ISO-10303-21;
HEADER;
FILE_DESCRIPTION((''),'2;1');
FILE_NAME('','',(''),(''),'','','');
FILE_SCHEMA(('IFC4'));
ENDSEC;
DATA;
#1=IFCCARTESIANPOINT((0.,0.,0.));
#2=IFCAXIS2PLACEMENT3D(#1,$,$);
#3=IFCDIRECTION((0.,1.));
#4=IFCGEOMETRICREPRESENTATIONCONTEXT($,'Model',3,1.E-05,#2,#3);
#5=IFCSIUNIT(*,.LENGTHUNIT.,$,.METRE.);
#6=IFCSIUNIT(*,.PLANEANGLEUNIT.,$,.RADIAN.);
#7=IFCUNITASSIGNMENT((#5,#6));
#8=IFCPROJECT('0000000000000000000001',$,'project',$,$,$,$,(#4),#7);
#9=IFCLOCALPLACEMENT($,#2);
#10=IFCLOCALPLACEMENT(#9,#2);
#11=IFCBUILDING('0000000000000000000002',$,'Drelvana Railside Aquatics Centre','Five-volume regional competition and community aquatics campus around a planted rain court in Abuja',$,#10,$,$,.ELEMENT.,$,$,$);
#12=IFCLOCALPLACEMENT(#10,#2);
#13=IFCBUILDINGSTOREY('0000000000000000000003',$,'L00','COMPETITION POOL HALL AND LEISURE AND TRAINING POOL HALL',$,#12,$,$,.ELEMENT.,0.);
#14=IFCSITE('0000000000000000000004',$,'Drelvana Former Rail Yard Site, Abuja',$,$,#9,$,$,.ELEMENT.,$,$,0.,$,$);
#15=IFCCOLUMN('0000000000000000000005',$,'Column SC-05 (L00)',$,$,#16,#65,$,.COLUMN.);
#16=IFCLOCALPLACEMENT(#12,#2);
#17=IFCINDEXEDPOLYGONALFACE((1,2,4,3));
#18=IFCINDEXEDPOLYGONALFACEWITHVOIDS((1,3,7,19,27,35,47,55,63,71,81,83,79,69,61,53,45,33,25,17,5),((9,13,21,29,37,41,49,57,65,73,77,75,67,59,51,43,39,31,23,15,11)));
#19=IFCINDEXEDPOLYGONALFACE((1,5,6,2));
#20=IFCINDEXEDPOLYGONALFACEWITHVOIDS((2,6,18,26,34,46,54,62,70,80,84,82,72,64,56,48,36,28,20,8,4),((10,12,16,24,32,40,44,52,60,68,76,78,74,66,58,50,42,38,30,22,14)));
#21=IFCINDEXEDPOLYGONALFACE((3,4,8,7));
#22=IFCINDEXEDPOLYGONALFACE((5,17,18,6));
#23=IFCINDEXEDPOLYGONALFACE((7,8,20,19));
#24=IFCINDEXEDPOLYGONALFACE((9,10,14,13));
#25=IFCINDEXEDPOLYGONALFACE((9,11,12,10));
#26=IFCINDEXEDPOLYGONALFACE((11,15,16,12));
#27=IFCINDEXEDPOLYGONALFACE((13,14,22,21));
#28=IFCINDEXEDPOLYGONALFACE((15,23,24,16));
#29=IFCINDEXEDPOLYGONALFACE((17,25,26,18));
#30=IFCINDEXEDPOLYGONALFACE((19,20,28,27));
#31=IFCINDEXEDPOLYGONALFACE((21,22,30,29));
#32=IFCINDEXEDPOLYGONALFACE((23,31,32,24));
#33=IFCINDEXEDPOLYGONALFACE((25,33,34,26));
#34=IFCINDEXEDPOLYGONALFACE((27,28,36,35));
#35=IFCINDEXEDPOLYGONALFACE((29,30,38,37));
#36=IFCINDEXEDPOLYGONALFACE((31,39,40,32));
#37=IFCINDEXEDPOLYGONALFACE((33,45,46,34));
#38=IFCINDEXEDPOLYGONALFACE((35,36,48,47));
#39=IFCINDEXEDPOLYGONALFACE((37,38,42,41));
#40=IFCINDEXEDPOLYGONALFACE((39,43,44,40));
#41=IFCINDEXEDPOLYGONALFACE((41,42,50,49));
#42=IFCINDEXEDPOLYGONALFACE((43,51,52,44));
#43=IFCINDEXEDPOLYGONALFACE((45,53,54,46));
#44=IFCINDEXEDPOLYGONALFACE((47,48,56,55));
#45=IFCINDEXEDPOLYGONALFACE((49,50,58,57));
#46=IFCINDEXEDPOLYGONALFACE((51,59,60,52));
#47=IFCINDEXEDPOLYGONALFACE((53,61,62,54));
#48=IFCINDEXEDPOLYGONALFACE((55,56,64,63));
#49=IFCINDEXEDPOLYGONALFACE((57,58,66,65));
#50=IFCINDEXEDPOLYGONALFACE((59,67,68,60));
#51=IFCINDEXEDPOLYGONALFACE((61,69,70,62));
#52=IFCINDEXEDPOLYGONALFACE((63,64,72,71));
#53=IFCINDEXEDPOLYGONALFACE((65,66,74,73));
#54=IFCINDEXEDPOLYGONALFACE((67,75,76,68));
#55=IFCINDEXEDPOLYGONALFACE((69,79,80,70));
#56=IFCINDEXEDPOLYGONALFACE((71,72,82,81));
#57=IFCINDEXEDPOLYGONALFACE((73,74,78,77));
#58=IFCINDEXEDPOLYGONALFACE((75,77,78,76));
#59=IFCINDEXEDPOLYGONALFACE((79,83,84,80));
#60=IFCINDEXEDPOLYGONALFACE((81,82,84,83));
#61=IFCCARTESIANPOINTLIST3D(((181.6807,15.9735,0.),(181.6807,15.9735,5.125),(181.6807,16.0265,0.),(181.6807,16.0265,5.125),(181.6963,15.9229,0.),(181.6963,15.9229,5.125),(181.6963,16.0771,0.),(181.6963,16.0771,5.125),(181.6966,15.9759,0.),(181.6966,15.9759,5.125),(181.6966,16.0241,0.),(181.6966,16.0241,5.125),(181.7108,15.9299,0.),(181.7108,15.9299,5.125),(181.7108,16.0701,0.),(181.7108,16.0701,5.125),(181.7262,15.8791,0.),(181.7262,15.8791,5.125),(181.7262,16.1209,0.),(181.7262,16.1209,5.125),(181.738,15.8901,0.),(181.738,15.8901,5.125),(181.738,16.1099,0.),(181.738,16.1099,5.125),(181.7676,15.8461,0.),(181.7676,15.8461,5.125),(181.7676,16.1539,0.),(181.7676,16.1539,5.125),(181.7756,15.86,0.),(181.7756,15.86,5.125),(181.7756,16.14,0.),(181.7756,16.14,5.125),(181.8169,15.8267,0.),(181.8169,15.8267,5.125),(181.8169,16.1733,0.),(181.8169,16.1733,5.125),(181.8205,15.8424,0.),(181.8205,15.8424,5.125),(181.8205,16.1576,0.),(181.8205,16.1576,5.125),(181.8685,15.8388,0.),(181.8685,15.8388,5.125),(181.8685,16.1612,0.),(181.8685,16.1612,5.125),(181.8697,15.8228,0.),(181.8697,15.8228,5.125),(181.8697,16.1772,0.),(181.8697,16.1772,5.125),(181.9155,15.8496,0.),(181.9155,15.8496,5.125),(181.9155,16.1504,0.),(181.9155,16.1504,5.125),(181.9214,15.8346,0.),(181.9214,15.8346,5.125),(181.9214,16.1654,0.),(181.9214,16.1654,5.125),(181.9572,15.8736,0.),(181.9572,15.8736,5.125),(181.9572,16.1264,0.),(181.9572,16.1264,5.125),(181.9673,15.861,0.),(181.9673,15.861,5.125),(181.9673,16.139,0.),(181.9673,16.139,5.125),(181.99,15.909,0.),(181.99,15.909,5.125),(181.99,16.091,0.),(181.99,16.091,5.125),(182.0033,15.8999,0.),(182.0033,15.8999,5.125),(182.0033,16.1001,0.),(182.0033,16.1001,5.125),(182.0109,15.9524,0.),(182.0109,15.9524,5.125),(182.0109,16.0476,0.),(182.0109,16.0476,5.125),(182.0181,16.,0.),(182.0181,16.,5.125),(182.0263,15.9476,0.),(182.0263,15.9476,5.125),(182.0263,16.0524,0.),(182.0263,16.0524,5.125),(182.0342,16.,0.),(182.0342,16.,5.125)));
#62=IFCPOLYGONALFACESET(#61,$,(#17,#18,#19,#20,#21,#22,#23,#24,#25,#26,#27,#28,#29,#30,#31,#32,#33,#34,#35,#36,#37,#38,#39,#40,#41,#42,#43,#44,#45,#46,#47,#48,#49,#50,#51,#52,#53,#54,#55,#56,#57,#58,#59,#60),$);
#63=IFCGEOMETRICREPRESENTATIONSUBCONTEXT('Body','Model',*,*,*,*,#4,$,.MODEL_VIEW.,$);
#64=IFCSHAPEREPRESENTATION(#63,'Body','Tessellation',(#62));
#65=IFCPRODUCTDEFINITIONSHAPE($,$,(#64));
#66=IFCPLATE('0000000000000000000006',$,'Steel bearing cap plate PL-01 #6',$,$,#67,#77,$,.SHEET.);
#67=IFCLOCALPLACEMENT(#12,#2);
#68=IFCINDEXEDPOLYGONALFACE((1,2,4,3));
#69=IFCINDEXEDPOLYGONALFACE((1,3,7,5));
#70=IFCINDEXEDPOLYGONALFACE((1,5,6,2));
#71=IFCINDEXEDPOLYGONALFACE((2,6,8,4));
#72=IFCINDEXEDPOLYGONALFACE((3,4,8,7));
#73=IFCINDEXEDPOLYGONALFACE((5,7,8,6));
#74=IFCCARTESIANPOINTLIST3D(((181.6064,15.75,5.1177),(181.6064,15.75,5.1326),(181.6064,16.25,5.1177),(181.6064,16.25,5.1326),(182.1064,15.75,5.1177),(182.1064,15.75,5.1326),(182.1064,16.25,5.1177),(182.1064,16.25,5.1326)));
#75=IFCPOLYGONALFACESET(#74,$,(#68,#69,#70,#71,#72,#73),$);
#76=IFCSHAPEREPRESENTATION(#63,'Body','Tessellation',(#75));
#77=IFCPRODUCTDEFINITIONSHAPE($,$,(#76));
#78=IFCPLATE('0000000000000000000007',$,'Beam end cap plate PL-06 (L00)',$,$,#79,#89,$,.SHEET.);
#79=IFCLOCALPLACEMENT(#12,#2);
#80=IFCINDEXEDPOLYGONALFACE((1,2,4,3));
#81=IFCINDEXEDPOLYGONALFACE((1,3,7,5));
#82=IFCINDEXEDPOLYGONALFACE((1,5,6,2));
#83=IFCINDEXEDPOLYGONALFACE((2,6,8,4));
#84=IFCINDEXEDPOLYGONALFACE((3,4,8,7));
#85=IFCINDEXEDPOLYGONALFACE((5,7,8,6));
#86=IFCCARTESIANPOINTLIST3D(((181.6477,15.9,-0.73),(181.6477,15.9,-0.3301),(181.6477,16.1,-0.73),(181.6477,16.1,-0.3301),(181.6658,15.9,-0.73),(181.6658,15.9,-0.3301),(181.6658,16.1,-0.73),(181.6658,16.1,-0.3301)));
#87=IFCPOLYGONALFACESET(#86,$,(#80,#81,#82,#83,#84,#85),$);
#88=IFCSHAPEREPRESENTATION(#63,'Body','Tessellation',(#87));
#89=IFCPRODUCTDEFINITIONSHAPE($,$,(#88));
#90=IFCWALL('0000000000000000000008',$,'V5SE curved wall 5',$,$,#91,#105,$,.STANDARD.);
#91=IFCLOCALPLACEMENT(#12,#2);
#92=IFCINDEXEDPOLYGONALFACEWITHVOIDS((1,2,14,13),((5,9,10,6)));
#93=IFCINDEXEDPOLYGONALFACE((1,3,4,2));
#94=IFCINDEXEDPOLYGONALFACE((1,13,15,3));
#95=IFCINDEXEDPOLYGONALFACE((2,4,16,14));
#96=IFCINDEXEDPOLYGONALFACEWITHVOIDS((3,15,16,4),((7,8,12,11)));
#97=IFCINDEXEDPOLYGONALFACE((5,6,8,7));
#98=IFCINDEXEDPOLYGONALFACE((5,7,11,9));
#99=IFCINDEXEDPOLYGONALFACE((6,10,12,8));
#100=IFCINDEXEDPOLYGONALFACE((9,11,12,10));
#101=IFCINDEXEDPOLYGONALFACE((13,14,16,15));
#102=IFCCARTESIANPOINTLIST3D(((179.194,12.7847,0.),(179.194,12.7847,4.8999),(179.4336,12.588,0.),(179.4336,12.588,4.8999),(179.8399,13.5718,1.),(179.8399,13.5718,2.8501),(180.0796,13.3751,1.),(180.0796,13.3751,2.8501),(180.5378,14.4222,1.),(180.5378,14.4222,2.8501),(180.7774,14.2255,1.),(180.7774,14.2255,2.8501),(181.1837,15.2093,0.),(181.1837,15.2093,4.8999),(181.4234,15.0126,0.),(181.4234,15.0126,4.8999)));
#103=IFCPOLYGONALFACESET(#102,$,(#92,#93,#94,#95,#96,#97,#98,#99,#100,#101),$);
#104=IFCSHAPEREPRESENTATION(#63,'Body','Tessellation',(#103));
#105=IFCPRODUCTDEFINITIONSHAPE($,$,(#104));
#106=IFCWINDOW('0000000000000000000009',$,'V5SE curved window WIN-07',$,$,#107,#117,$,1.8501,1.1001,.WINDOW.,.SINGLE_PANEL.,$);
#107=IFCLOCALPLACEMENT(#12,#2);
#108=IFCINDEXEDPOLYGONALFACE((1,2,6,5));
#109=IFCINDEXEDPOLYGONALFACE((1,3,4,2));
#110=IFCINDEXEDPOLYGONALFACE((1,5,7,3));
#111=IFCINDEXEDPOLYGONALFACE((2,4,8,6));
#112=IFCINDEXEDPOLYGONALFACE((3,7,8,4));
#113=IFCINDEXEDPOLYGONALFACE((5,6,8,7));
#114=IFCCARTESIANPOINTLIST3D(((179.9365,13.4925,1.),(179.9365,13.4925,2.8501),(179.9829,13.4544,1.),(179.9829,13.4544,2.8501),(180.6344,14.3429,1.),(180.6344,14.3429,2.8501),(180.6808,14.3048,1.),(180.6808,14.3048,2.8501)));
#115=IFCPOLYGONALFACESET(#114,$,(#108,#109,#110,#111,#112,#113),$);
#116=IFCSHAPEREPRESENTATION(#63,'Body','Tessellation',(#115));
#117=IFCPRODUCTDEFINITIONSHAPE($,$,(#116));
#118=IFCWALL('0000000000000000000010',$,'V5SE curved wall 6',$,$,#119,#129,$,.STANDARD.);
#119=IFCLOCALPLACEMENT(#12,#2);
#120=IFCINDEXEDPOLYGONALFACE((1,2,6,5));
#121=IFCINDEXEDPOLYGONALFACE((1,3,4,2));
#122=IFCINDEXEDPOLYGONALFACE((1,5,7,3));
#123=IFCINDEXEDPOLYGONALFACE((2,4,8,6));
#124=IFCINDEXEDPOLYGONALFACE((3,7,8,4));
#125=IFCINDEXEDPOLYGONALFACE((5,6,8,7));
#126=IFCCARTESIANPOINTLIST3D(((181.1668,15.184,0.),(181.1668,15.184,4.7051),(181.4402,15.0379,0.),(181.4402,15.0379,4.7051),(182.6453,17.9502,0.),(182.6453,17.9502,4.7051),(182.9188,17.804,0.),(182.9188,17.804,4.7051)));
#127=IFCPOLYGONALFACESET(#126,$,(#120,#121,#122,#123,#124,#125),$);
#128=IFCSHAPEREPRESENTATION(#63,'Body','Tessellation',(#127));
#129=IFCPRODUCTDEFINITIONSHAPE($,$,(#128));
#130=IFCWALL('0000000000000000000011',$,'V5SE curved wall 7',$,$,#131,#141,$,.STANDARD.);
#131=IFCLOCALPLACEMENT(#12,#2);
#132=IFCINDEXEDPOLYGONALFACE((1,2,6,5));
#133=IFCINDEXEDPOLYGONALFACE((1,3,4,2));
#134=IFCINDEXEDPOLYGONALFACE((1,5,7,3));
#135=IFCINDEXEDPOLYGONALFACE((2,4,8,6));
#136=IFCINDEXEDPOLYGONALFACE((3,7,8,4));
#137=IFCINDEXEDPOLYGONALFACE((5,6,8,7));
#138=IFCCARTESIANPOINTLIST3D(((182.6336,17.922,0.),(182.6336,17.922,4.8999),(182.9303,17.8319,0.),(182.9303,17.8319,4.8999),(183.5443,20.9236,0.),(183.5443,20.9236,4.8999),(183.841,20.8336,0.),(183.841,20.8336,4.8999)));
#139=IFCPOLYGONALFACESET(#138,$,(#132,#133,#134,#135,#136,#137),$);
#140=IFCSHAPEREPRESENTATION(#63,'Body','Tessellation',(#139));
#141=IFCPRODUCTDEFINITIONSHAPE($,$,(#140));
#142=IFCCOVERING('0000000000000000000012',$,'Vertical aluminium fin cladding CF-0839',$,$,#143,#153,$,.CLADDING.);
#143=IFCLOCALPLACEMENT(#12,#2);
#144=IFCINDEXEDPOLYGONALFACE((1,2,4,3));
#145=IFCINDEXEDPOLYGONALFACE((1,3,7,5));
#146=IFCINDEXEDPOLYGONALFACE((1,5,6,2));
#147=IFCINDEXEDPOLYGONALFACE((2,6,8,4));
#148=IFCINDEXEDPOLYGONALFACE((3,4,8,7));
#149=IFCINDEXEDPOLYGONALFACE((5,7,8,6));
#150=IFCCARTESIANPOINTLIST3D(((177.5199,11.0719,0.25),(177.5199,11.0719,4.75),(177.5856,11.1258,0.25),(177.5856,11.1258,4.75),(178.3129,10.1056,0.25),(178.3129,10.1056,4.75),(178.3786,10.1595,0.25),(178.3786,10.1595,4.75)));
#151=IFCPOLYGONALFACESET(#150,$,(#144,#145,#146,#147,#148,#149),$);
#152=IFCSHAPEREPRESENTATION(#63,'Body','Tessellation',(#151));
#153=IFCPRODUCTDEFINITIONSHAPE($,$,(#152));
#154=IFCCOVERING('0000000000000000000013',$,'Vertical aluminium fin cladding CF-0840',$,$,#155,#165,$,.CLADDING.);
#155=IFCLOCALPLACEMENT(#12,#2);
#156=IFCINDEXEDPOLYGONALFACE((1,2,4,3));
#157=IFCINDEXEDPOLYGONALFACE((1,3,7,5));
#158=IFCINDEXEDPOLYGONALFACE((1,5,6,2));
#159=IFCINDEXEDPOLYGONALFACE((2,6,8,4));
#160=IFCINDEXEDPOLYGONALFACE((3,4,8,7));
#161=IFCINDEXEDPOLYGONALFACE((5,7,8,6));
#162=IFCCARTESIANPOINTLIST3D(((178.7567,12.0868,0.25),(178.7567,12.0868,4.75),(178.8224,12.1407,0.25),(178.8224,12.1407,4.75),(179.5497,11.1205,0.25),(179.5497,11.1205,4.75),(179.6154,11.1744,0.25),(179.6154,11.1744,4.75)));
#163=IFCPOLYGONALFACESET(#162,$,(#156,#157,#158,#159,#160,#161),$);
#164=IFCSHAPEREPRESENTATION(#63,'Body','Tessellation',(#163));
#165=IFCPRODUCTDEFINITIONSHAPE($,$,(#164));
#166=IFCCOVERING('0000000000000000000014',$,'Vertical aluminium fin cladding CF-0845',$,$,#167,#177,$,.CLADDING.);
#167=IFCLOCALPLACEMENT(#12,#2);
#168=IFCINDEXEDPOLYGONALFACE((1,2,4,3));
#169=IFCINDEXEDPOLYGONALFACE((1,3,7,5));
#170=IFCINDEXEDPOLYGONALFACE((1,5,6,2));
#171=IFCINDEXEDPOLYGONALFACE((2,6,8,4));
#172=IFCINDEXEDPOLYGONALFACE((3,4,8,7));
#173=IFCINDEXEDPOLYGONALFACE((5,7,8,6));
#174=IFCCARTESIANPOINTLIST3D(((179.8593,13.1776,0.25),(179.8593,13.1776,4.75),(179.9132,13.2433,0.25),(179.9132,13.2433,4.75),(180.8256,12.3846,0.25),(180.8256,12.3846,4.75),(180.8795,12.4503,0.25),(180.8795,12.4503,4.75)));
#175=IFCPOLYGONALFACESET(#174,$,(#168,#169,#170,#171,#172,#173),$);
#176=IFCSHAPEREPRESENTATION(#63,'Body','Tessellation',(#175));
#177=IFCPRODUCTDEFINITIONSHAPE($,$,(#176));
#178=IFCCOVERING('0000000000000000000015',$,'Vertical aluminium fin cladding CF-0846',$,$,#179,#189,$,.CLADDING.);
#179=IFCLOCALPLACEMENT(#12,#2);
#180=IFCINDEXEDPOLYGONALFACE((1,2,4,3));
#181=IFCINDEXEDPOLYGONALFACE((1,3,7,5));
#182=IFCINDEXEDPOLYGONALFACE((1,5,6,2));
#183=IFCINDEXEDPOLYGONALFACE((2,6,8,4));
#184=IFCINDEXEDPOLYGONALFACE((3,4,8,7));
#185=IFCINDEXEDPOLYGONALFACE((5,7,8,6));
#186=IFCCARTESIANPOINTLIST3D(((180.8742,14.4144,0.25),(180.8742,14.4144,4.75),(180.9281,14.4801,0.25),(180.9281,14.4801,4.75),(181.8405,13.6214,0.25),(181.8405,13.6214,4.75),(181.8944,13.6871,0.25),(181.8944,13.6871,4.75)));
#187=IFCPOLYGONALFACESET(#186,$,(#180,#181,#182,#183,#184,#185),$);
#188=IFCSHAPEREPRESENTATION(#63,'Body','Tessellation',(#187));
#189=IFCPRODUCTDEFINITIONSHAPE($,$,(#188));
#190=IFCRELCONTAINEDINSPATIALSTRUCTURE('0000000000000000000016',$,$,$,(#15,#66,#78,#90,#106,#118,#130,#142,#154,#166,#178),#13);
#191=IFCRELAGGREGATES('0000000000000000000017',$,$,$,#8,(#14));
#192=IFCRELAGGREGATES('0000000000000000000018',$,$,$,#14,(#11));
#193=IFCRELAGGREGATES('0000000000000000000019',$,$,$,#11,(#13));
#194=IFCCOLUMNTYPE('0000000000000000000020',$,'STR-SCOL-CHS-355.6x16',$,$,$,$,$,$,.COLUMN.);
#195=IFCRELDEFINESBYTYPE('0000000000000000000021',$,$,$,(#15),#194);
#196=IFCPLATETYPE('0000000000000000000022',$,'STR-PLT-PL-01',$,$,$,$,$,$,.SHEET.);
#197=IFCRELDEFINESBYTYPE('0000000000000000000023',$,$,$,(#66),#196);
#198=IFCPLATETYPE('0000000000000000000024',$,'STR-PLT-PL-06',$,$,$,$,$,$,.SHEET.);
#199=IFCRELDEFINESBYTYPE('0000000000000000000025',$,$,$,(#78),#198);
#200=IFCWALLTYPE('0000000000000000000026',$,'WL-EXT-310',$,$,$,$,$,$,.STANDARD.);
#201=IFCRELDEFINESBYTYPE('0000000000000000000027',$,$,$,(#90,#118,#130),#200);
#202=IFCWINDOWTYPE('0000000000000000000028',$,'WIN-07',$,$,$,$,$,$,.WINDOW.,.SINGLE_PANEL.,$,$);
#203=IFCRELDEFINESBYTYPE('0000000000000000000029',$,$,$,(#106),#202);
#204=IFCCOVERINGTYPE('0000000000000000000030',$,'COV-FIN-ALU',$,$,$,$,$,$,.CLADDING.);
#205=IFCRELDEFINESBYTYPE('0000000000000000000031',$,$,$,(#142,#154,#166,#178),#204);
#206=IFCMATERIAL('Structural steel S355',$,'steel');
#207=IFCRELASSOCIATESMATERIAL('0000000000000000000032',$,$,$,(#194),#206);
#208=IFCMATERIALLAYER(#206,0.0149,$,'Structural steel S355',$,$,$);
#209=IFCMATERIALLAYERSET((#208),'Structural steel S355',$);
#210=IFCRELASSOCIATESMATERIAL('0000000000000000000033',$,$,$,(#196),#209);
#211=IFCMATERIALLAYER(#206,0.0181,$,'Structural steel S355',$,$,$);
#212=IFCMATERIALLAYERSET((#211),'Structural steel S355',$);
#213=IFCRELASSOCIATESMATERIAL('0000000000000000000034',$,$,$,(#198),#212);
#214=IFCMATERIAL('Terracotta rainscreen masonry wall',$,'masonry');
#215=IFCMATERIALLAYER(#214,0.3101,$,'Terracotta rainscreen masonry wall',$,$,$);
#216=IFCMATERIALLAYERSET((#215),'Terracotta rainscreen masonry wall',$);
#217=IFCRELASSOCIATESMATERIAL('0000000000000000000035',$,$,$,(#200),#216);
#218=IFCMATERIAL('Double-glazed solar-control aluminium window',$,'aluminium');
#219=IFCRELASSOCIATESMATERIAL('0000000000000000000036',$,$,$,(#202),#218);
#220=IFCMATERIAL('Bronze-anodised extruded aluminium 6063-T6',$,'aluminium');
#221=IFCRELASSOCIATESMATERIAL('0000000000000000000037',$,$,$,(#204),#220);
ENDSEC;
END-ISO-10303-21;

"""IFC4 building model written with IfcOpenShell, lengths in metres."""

from ifc_helpers import new_model, si_unit, direction, frame, frame_2d, origin, origin_2d, place, context, subcontext, project, spatial, rectangle, hollow_circle, extrude, material, layer, layer_set, material_profile, profile_set, type_object, element, fill, save


model = new_model("IFC4")

# Units and contexts
model_context = context("Model", 3, precision=1e-05, world=origin(), true_north=direction((0.0, 1.0)))
body_context = subcontext(model_context, "Body", "Model", "MODEL_VIEW")
ifc_project = project(units=[si_unit("LENGTHUNIT", "METRE"), si_unit("PLANEANGLEUNIT", "RADIAN")], contexts=[model_context])

# Site, building, storey
site_placement = place(None, origin())
site = spatial("IfcSite", under=ifc_project, at=site_placement, Name="Drelvana Former Rail Yard Site, Abuja", CompositionType="ELEMENT", RefElevation=0.0)
building_placement = place(site_placement, origin())
building = spatial("IfcBuilding", under=site, at=building_placement, Name="Drelvana Railside Aquatics Centre", Description="Five-volume regional competition and community aquatics campus around a planted rain court in Abuja", CompositionType="ELEMENT")
storey_placement = place(building_placement, origin())
storey = spatial("IfcBuildingStorey", under=building, at=storey_placement, Name="L00", Description="COMPETITION POOL HALL AND LEISURE AND TRAINING POOL HALL", CompositionType="ELEMENT", Elevation=0.0)

# Column
ifc_material_1 = material(Name="Structural steel S355", Category="steel")
ifc_material_profile = material_profile(ifc_material_1, hollow_circle(Radius=0.1777, WallThickness=0.0161, at=origin_2d()), Name="CHS 355.6x16")
ifc_profile_set = profile_set([ifc_material_profile], Name="Structural steel S355")
column_type = type_object("IfcColumnType", Name="STR-SCOL-CHS-355.6x16", PredefinedType="COLUMN", material=ifc_profile_set)
column_placement = place(storey_placement, frame((181.8564, 16.0, 0.0), z_axis=(0.0, 0.0, 1.0), x_axis=(1.0, 0.0, 0.0)))
element("IfcColumn", 1, at=column_placement, inside=storey, type_object=column_type, Name="Column SC-05 (L00)", PredefinedType="COLUMN", context=body_context, shape_type="SweptSolid", body=[
    extrude(hollow_circle(Radius=0.1777, WallThickness=0.0161, at=origin_2d()), origin(), (0.0, 0.0, 1.0), 5.125),
])

# Plates
ifc_layer_1 = layer(ifc_material_1, 0.0149, Name="Structural steel S355")
ifc_layer_set_1 = layer_set([ifc_layer_1], Name="Structural steel S355")
plate_type_1 = type_object("IfcPlateType", Name="STR-PLT-PL-01", PredefinedType="SHEET", material=ifc_layer_set_1)
plate_1_placement = place(storey_placement, frame((181.8564, 16.0, 5.1177), z_axis=(0.0, 0.0, 1.0), x_axis=(1.0, 0.0, 0.0)))
element("IfcPlate", 2, at=plate_1_placement, inside=storey, type_object=plate_type_1, Name="Steel bearing cap plate PL-01 #6", PredefinedType="SHEET", context=body_context, shape_type="SweptSolid", body=[
    extrude(rectangle(XDim=0.5, YDim=0.5, at=origin_2d()), origin(), (0.0, 0.0, 1.0), 0.0149),
])
ifc_layer_2 = layer(ifc_material_1, 0.0181, Name="Structural steel S355")
ifc_layer_set_2 = layer_set([ifc_layer_2], Name="Structural steel S355")
plate_type_2 = type_object("IfcPlateType", Name="STR-PLT-PL-06", PredefinedType="SHEET", material=ifc_layer_set_2)
plate_2_placement = place(storey_placement, frame((181.6567, 16.0, -0.73), z_axis=(0.0, 0.0, 1.0), x_axis=(1.0, 0.0, 0.0)))
element("IfcPlate", 3, at=plate_2_placement, inside=storey, type_object=plate_type_2, Name="Beam end cap plate PL-06 (L00)", PredefinedType="SHEET", context=body_context, shape_type="SweptSolid", body=[
    extrude(rectangle(XDim=0.0181, YDim=0.2, at=origin_2d()), origin(), (0.0, 0.0, 1.0), 0.3999),
])

# Wall, opening, window
ifc_material_2 = material(Name="Terracotta rainscreen masonry wall", Category="masonry")
ifc_layer_3 = layer(ifc_material_2, 0.3101, Name="Terracotta rainscreen masonry wall")
ifc_layer_set_3 = layer_set([ifc_layer_3], Name="Terracotta rainscreen masonry wall")
wall_type = type_object("IfcWallType", Name="WL-EXT-310", PredefinedType="STANDARD", material=ifc_layer_set_3)
wall_1_placement = place(storey_placement, frame((179.3137, 12.6863, 0.0), z_axis=(0.0, 0.0, 1.0), x_axis=(0.634386, 0.773017, 0.0)))
wall_1 = element("IfcWall", 4, at=wall_1_placement, inside=storey, type_object=wall_type, Name="V5SE curved wall 5", PredefinedType="STANDARD", context=body_context, shape_type="SweptSolid", body=[
    extrude(rectangle(XDim=3.1365, YDim=0.3101, at=frame_2d((1.5684, 0.0))), origin(), (0.0, 0.0, 1.0), 4.8999),
])
opening_placement = place(wall_1_placement, frame((1.0183, 0.0, 1.0)))
opening = element("IfcOpeningElement", 5, at=opening_placement, cuts=wall_1, PredefinedType="OPENING", context=body_context, shape_type="SweptSolid", body=[
    extrude(rectangle(XDim=1.1001, YDim=1.8501, at=frame_2d((0.55, 0.925))), frame((0.0, 0.165, 0.0), z_axis=(0.0, -1.0, 0.0), x_axis=(1.0, 0.0, 0.0)), (0.0, 0.0, 1.0), 0.3301),
])
ifc_material_3 = material(Name="Double-glazed solar-control aluminium window", Category="aluminium")
window_type = type_object("IfcWindowType", Name="WIN-07", PartitioningType="SINGLE_PANEL", PredefinedType="WINDOW", material=ifc_material_3)
window_placement = place(opening_placement, origin())
window = element("IfcWindow", 6, at=window_placement, inside=storey, type_object=window_type, Name="V5SE curved window WIN-07", OverallHeight=1.8501, OverallWidth=1.1001, PartitioningType="SINGLE_PANEL", PredefinedType="WINDOW", context=body_context, shape_type="SweptSolid", body=[
    extrude(rectangle(XDim=1.1001, YDim=1.8501, at=frame_2d((0.55, 0.925))), frame((0.0, 0.03, 0.0), z_axis=(0.0, -1.0, 0.0), x_axis=(1.0, 0.0, 0.0)), (0.0, 0.0, 1.0), 0.0601),
])
fill(opening, window)

# Walls
wall_2_placement = place(storey_placement, frame((181.3035, 15.1108, 0.0), z_axis=(0.0, 0.0, 1.0), x_axis=(0.471396, 0.881922, 0.0)))
element("IfcWall", 7, at=wall_2_placement, inside=storey, type_object=wall_type, Name="V5SE curved wall 6", PredefinedType="STANDARD", context=body_context, shape_type="SweptSolid", body=[
    extrude(rectangle(XDim=3.1365, YDim=0.3101, at=frame_2d((1.5684, 0.0))), origin(), (0.0, 0.0, 1.0), 4.7051),
])
wall_3_placement = place(storey_placement, frame((182.782, 17.877, 0.0), z_axis=(0.0, 0.0, 1.0), x_axis=(0.29031, 0.956933, 0.0)))
element("IfcWall", 8, at=wall_3_placement, inside=storey, type_object=wall_type, Name="V5SE curved wall 7", PredefinedType="STANDARD", context=body_context, shape_type="SweptSolid", body=[
    extrude(rectangle(XDim=3.1367, YDim=0.3101, at=frame_2d((1.5684, 0.0))), origin(), (0.0, 0.0, 1.0), 4.8999),
])

# Coverings
ifc_material_4 = material(Name="Bronze-anodised extruded aluminium 6063-T6", Category="aluminium")
covering_type = type_object("IfcCoveringType", Name="COV-FIN-ALU", PredefinedType="CLADDING", material=ifc_material_4)
for number, where, z_axis, x_axis, name in (
    (9, (177.9492, 10.6157, 0.25), (0.0, 0.0, 1.0), (-0.77301, -0.634393, 0.0), "Vertical aluminium fin cladding CF-0839"),
    (10, (179.186, 11.6306, 0.25), (0.0, 0.0, 1.0), (-0.77301, -0.634393, 0.0), "Vertical aluminium fin cladding CF-0840"),
    (11, (180.3694, 12.814, 0.25), (0.0, 0.0, 1.0), (-0.634393, -0.77301, 0.0), "Vertical aluminium fin cladding CF-0845"),
    (12, (181.3843, 14.0508, 0.25), (0.0, 0.0, 1.0), (-0.634393, -0.77301, 0.0), "Vertical aluminium fin cladding CF-0846"),
):
    element("IfcCovering", number, at=place(storey_placement, frame(where, z_axis=z_axis, x_axis=x_axis)), inside=storey, type_object=covering_type, Name=name, PredefinedType="CLADDING", context=body_context, shape_type="SweptSolid", body=[
        extrude(rectangle(XDim=0.085, YDim=1.25, at=origin_2d()), origin(), (0.0, 0.0, 1.0), 4.5),
    ])

save(model, "model.ifc")
